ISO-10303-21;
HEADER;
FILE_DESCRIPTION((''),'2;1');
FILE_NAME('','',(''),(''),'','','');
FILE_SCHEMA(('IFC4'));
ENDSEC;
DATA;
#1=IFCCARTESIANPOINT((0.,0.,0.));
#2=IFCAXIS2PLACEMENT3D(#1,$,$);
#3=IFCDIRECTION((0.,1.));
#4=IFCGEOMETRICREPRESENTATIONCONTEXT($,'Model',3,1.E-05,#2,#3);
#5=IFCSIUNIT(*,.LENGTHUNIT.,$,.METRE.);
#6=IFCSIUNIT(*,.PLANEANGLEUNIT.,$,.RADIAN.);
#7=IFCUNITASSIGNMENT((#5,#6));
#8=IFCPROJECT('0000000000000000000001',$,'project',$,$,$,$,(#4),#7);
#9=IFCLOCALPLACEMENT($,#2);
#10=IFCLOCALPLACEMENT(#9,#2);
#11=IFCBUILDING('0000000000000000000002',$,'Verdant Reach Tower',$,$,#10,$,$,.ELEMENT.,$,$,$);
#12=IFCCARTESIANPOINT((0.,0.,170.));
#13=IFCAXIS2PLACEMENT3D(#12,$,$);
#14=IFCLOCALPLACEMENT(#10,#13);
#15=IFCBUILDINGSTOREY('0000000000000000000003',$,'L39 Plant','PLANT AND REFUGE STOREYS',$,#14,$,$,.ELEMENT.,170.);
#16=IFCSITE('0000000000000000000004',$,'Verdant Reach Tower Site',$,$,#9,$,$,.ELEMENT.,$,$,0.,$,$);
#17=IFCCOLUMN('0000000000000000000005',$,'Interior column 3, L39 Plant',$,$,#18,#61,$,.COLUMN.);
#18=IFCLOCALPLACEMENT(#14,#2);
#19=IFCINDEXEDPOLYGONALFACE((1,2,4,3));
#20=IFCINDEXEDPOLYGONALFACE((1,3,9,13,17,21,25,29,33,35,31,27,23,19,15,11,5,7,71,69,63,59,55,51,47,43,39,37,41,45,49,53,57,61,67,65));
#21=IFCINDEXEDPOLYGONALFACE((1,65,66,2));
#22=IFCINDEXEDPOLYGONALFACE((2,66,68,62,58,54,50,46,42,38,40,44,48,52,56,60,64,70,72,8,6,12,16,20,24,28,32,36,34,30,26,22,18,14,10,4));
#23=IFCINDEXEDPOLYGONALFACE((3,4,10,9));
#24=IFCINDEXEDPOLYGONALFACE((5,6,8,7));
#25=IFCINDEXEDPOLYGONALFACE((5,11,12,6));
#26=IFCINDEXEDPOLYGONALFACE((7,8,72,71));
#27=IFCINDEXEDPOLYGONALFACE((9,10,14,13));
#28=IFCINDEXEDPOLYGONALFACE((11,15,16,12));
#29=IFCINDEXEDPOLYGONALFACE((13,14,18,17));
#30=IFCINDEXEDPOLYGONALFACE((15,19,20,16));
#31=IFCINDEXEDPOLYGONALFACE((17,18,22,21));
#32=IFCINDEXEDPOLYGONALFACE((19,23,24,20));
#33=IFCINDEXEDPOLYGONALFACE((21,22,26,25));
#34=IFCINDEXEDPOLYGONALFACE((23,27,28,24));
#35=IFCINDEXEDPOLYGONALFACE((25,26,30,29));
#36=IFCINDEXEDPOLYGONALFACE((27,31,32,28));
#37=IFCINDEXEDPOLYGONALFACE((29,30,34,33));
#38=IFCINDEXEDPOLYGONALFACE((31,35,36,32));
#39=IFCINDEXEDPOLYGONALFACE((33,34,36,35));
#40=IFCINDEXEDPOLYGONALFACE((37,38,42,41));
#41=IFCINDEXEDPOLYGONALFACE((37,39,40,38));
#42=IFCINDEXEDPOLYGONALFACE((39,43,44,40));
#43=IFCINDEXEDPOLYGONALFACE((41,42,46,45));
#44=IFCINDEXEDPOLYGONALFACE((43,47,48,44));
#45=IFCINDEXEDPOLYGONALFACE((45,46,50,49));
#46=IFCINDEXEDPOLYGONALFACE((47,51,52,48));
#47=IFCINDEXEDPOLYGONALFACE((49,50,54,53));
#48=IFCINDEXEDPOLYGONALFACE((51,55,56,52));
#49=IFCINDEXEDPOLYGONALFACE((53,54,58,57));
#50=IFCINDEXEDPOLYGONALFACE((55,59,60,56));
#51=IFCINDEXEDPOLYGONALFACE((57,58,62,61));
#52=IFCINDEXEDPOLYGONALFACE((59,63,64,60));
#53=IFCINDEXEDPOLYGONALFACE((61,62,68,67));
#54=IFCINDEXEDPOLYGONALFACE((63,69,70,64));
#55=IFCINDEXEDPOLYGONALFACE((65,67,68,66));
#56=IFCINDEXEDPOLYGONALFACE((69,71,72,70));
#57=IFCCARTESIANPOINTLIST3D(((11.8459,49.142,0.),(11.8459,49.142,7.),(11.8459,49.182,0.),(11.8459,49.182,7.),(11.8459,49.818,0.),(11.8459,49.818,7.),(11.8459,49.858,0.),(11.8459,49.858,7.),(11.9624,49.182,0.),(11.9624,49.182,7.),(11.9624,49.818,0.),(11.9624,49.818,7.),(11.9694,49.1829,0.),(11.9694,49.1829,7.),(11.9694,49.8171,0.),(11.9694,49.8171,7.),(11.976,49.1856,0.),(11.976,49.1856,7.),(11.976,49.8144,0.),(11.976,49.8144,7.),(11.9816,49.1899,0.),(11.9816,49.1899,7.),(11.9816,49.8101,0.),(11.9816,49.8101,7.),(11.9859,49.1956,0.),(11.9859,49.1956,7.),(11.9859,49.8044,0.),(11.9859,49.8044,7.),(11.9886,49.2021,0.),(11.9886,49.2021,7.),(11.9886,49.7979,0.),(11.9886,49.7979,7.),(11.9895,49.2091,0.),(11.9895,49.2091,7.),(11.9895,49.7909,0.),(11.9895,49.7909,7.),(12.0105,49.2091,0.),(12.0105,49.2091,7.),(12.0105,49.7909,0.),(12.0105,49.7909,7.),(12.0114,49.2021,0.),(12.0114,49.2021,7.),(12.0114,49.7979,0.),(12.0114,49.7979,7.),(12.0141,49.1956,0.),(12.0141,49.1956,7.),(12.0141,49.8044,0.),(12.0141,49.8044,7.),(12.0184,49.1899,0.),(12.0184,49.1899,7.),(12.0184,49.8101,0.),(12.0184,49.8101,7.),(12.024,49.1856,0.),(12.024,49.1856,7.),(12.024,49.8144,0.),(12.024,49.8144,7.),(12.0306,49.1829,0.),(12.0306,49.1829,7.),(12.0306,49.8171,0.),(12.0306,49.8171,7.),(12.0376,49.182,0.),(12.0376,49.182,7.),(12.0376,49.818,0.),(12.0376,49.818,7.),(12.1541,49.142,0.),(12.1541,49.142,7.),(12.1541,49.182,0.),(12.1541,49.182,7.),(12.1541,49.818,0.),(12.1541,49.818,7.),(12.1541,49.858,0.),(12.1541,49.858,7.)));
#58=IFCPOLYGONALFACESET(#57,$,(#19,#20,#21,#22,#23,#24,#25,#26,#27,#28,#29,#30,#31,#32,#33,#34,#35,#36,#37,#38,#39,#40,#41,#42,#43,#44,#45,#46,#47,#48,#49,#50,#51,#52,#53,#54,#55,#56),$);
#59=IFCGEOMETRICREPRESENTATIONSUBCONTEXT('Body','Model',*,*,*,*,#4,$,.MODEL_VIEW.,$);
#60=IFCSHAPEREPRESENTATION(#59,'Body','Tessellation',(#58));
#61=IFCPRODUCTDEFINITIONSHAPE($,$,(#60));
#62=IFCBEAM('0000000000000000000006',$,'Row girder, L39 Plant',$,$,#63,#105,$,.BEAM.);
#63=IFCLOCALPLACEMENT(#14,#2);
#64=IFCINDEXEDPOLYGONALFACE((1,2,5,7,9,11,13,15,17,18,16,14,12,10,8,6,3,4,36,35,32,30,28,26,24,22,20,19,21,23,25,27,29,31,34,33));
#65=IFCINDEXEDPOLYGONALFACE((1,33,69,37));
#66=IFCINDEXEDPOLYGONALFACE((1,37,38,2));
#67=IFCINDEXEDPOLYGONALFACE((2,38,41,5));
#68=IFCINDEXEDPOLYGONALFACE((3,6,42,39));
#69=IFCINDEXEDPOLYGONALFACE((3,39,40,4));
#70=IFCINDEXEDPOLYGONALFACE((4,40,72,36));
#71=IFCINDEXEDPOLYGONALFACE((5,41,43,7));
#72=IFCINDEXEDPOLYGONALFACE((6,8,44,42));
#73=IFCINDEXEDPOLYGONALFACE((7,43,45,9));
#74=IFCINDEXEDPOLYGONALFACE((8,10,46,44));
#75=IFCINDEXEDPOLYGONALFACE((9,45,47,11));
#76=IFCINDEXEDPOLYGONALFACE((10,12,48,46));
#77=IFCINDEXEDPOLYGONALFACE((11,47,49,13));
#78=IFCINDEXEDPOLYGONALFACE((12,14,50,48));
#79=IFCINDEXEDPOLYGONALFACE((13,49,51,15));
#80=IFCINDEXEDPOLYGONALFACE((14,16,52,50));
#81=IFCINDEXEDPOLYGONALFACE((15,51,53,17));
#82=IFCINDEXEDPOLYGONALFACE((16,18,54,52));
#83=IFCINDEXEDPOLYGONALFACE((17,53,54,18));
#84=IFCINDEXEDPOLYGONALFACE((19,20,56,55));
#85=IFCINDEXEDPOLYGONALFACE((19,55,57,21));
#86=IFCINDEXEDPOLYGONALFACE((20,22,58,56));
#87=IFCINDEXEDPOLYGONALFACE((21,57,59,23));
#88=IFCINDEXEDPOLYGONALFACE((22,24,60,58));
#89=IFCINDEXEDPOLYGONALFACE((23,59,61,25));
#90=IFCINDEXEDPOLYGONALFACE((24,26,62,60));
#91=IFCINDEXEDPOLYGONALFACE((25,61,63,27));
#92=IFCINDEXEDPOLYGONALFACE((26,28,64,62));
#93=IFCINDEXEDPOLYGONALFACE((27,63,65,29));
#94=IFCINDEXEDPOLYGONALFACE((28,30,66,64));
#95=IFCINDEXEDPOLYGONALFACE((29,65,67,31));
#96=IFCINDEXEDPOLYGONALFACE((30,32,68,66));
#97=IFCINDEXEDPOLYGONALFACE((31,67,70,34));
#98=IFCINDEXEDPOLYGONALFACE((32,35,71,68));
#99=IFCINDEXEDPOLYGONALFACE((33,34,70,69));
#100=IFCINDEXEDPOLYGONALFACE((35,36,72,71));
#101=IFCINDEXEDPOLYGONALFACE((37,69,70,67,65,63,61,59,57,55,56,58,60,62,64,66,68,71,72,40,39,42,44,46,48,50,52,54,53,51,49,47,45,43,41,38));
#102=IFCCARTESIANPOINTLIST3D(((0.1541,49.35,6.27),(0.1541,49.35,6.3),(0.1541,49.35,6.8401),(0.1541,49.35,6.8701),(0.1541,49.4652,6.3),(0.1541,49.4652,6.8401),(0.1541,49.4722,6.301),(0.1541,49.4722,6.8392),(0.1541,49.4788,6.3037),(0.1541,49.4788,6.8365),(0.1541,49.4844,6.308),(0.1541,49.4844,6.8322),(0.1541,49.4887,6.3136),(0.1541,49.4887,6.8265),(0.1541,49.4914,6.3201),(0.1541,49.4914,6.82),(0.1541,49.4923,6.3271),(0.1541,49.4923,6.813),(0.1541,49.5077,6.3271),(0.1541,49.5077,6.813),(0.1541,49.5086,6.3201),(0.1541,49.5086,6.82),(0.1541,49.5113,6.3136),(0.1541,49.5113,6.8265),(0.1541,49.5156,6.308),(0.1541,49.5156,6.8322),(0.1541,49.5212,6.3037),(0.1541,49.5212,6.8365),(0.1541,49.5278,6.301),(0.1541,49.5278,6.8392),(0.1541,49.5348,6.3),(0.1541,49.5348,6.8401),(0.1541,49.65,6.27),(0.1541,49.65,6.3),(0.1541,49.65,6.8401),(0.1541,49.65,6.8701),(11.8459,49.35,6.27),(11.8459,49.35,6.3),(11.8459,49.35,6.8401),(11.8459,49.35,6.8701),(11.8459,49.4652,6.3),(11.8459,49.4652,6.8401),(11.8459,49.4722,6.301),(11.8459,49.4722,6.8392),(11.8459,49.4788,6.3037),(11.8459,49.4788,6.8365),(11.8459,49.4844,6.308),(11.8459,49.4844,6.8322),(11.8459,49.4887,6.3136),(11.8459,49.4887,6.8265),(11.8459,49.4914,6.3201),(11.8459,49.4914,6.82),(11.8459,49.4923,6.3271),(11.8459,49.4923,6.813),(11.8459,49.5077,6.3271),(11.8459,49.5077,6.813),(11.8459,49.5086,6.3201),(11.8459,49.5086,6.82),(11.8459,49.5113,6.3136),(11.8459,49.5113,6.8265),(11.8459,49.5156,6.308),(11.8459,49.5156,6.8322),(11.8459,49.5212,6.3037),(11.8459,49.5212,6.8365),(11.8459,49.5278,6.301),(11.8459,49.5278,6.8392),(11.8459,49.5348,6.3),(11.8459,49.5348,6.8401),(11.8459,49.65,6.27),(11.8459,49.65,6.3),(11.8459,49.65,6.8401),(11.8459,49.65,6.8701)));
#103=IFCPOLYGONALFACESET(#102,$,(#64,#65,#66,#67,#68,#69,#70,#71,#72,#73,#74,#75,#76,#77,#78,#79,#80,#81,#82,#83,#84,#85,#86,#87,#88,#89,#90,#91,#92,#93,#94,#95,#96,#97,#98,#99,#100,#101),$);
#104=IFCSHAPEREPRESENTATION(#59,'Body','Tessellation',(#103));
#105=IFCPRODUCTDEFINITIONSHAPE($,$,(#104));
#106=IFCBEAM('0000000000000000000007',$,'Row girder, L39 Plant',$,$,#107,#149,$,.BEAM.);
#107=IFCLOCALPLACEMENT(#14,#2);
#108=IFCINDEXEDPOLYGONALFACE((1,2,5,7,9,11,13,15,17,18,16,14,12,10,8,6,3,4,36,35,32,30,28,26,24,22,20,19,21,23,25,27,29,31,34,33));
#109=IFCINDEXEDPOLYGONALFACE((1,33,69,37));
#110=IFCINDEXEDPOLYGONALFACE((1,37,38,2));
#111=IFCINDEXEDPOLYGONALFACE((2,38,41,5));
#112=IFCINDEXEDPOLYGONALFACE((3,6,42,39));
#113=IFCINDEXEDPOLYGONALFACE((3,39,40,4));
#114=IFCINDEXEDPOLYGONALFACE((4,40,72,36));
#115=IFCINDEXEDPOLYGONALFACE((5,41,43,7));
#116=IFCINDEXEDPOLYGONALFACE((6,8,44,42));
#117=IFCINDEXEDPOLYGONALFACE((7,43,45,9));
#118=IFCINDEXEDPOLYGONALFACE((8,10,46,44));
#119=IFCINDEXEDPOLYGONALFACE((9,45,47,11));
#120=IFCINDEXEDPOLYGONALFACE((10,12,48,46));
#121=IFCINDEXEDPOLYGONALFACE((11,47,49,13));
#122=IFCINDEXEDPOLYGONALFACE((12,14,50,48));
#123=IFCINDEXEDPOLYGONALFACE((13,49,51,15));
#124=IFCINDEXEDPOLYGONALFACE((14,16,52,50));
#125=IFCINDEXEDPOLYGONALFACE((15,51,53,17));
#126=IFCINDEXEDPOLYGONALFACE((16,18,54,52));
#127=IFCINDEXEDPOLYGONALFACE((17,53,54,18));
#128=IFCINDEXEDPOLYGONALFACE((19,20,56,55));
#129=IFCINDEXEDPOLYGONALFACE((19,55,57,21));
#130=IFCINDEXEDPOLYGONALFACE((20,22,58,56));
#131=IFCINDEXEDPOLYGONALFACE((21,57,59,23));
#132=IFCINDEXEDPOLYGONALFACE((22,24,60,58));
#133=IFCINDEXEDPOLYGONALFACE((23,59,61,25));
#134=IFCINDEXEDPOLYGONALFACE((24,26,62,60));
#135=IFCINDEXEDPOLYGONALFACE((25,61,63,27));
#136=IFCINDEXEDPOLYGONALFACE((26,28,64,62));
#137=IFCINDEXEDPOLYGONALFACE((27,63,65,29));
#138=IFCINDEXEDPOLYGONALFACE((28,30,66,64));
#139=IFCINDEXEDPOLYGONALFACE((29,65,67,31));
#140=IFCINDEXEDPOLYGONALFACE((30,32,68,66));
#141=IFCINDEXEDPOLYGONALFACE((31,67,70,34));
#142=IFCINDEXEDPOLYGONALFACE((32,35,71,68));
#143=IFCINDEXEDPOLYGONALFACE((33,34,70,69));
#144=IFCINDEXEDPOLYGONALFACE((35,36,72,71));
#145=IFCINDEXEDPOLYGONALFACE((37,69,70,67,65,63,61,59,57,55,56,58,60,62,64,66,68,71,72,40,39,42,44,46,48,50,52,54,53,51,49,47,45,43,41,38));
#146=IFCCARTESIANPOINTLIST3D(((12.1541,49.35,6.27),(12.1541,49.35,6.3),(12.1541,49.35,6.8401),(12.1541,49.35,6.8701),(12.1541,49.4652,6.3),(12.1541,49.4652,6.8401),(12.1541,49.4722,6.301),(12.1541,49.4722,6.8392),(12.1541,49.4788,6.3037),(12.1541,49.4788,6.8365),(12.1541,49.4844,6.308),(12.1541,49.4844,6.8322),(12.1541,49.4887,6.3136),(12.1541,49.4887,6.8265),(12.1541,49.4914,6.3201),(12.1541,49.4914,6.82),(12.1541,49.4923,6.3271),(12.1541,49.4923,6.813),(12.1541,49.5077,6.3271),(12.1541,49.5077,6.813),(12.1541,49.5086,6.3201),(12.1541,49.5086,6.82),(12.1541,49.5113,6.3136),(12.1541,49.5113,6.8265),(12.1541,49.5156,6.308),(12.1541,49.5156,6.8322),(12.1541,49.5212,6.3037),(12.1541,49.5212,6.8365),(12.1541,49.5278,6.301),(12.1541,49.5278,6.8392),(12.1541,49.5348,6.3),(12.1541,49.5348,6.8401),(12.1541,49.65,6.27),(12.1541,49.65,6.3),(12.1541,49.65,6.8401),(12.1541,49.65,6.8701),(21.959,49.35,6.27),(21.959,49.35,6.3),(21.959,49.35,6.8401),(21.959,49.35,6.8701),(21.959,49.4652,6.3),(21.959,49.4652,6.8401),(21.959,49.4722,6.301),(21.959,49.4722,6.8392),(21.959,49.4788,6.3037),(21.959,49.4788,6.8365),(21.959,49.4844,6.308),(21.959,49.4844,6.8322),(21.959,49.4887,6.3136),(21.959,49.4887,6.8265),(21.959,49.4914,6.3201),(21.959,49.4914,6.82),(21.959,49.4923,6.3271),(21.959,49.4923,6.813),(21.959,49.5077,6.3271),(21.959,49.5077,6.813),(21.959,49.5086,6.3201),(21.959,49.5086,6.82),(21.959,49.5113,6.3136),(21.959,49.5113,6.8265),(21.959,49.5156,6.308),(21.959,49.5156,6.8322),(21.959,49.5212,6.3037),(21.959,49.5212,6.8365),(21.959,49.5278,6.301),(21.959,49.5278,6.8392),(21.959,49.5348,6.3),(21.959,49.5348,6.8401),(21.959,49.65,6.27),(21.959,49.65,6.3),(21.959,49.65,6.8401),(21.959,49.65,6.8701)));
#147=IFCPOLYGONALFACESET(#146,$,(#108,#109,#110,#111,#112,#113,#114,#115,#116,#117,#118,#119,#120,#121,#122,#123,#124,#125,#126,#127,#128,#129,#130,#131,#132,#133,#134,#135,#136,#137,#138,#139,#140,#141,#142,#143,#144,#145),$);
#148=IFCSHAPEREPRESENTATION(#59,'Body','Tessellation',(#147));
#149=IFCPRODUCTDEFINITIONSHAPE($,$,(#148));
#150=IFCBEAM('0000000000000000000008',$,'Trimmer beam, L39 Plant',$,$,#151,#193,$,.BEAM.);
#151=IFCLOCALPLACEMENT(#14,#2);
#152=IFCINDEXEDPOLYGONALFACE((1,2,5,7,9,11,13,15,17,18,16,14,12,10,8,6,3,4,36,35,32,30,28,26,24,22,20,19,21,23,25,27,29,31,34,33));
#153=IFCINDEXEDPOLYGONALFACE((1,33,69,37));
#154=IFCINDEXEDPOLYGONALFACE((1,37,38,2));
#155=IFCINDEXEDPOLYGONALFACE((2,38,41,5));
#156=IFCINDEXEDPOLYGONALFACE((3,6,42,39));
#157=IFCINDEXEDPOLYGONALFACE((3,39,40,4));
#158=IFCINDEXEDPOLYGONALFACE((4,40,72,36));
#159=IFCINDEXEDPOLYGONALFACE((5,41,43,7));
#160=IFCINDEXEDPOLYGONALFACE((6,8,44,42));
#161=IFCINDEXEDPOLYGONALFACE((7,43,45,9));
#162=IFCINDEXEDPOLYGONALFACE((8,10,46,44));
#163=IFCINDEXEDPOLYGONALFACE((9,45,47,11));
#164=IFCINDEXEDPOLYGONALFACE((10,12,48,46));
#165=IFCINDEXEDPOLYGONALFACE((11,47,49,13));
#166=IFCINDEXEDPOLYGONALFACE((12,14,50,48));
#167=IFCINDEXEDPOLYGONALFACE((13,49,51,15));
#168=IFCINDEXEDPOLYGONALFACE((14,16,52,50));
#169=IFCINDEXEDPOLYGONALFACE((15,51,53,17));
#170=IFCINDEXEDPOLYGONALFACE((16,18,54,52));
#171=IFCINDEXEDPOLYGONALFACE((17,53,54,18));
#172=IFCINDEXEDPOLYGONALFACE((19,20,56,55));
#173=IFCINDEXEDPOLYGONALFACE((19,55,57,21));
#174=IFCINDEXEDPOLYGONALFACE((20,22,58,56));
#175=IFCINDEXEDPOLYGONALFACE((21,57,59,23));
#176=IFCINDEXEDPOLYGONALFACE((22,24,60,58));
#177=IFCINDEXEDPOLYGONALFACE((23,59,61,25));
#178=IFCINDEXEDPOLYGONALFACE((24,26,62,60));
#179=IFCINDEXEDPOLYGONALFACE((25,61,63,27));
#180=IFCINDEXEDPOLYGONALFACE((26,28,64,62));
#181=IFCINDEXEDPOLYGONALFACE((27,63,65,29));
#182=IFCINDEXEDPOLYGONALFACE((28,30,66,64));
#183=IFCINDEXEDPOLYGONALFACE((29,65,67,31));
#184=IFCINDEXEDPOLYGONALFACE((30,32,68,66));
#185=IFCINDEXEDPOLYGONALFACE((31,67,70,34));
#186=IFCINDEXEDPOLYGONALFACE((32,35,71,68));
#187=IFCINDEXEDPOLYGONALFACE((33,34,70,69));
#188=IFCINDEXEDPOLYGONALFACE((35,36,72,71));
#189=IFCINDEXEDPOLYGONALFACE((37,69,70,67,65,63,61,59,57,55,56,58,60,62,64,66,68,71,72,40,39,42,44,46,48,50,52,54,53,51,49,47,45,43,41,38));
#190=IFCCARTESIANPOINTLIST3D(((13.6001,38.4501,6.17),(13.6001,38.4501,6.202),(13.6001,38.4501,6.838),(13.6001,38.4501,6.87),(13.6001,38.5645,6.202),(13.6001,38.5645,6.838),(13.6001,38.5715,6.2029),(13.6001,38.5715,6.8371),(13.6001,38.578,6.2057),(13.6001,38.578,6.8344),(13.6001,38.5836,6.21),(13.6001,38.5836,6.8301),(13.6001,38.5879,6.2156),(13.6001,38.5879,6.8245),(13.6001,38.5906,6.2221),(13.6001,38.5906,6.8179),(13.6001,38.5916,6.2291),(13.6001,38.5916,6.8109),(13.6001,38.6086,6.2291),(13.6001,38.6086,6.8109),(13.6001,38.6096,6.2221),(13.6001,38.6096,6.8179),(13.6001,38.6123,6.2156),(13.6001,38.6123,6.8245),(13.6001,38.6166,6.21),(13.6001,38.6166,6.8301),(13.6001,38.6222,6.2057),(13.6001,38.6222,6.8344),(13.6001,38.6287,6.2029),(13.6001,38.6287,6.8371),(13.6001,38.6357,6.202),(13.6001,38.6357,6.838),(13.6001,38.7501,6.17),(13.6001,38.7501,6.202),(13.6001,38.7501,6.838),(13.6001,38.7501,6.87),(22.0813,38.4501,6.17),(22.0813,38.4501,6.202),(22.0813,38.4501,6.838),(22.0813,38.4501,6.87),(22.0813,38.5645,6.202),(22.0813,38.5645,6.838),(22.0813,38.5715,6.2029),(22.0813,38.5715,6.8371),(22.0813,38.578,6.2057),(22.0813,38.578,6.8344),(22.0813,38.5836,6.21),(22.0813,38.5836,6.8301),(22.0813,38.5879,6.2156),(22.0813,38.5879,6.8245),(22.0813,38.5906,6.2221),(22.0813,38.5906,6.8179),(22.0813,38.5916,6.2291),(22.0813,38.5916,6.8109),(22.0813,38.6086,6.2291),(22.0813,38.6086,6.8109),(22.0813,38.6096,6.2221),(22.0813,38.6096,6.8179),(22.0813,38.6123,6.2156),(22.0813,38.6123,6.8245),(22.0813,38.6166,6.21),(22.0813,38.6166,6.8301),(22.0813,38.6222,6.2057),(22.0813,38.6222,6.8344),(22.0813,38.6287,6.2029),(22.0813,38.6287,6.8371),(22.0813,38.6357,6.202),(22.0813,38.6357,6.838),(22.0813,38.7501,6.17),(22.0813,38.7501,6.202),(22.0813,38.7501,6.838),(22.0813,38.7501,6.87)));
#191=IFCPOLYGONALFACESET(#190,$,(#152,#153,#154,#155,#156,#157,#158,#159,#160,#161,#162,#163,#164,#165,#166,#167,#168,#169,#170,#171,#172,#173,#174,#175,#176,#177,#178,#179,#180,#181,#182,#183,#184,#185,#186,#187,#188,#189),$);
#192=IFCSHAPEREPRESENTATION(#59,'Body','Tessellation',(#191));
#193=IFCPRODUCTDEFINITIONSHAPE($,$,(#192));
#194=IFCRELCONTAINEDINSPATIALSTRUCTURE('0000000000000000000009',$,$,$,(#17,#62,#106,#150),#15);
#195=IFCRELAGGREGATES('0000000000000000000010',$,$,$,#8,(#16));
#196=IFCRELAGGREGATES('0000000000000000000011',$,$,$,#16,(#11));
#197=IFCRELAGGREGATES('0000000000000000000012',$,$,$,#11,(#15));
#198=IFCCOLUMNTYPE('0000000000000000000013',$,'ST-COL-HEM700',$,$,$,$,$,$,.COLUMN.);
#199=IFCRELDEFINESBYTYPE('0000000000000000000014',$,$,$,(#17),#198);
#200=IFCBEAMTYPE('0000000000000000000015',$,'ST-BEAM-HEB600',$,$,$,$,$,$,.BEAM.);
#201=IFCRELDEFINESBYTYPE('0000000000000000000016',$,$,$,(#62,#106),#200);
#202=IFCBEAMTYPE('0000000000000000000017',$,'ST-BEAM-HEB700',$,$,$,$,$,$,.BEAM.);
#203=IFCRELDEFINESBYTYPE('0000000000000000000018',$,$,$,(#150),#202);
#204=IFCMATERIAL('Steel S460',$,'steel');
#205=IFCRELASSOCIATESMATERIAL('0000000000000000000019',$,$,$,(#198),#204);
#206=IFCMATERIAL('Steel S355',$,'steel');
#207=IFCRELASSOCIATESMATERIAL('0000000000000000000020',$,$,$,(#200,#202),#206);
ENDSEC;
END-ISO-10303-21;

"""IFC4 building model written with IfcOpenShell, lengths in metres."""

from ifc_helpers import new_model, si_unit, direction, frame, origin, origin_2d, place, context, subcontext, project, spatial, i_section, extrude, material, material_profile, profile_set, type_object, element, save


model = new_model("IFC4")

# Units and contexts
model_context = context("Model", 3, precision=1e-05, world=origin(), true_north=direction((0.0, 1.0)))
body_context = subcontext(model_context, "Body", "Model", "MODEL_VIEW")
ifc_project = project(units=[si_unit("LENGTHUNIT", "METRE"), si_unit("PLANEANGLEUNIT", "RADIAN")], contexts=[model_context])

# Site, building, storey
site_placement = place(None, origin())
site = spatial("IfcSite", under=ifc_project, at=site_placement, Name="Verdant Reach Tower Site", CompositionType="ELEMENT", RefElevation=0.0)
building_placement = place(site_placement, origin())
building = spatial("IfcBuilding", under=site, at=building_placement, Name="Verdant Reach Tower", CompositionType="ELEMENT")
storey_placement = place(building_placement, frame((0.0, 0.0, 170.0)))
storey = spatial("IfcBuildingStorey", under=building, at=storey_placement, Name="L39 Plant", Description="PLANT AND REFUGE STOREYS", CompositionType="ELEMENT", Elevation=170.0)

# Column
ifc_material_1 = material(Name="Steel S460", Category="steel")
ifc_material_profile_1 = material_profile(ifc_material_1, i_section(OverallWidth=0.3081, OverallDepth=0.7161, WebThickness=0.021, FlangeThickness=0.04, FilletRadius=0.0271, at=origin_2d()), Name="HEM 700")
ifc_profile_set_1 = profile_set([ifc_material_profile_1], Name="Steel S460")
column_type = type_object("IfcColumnType", Name="ST-COL-HEM700", PredefinedType="COLUMN", material=ifc_profile_set_1)
column_placement = place(storey_placement, frame((12.0, 49.5, 0.0), z_axis=(0.0, 0.0, 1.0), x_axis=(1.0, 0.0, 0.0)))
element("IfcColumn", 1, at=column_placement, inside=storey, type_object=column_type, Name="Interior column 3, L39 Plant", PredefinedType="COLUMN", context=body_context, shape_type="SweptSolid", body=[
    extrude(i_section(OverallWidth=0.3081, OverallDepth=0.7161, WebThickness=0.021, FlangeThickness=0.04, FilletRadius=0.0271, at=origin_2d()), origin(), (0.0, 0.0, 1.0), 7.0),
])

# Beams
ifc_material_2 = material(Name="Steel S355", Category="steel")
ifc_material_profile_2 = material_profile(ifc_material_2, i_section(OverallWidth=0.3, OverallDepth=0.6001, WebThickness=0.0154, FlangeThickness=0.03, FilletRadius=0.0271, at=origin_2d()), Name="HEB 600")
ifc_profile_set_2 = profile_set([ifc_material_profile_2], Name="Steel S355")
beam_type_1 = type_object("IfcBeamType", Name="ST-BEAM-HEB600", PredefinedType="BEAM", material=ifc_profile_set_2)
beam_1_placement = place(storey_placement, frame((0.1541, 49.5, 6.5701), z_axis=(1.0, 0.0, 0.0), x_axis=(0.0, 1.0, 0.0)))
element("IfcBeam", 2, at=beam_1_placement, inside=storey, type_object=beam_type_1, Name="Row girder, L39 Plant", PredefinedType="BEAM", context=body_context, shape_type="SweptSolid", body=[
    extrude(i_section(OverallWidth=0.3, OverallDepth=0.6001, WebThickness=0.0154, FlangeThickness=0.03, FilletRadius=0.0271, at=origin_2d()), origin(), (0.0, 0.0, 1.0), 11.6919),
])
beam_2_placement = place(storey_placement, frame((12.1541, 49.5, 6.5701), z_axis=(1.0, 0.0, 0.0), x_axis=(0.0, 1.0, 0.0)))
element("IfcBeam", 3, at=beam_2_placement, inside=storey, type_object=beam_type_1, Name="Row girder, L39 Plant", PredefinedType="BEAM", context=body_context, shape_type="SweptSolid", body=[
    extrude(i_section(OverallWidth=0.3, OverallDepth=0.6001, WebThickness=0.0154, FlangeThickness=0.03, FilletRadius=0.0271, at=origin_2d()), origin(), (0.0, 0.0, 1.0), 9.8049),
])
ifc_material_profile_3 = material_profile(ifc_material_2, i_section(OverallWidth=0.3, OverallDepth=0.7, WebThickness=0.0171, FlangeThickness=0.032, FilletRadius=0.0271, at=origin_2d()), Name="HEB 700")
ifc_profile_set_3 = profile_set([ifc_material_profile_3], Name="Steel S355")
beam_type_2 = type_object("IfcBeamType", Name="ST-BEAM-HEB700", PredefinedType="BEAM", material=ifc_profile_set_3)
beam_3_placement = place(storey_placement, frame((13.6001, 38.6001, 6.52), z_axis=(1.0, 0.0, 0.0), x_axis=(0.0, 1.0, 0.0)))
element("IfcBeam", 4, at=beam_3_placement, inside=storey, type_object=beam_type_2, Name="Trimmer beam, L39 Plant", PredefinedType="BEAM", context=body_context, shape_type="SweptSolid", body=[
    extrude(i_section(OverallWidth=0.3, OverallDepth=0.7, WebThickness=0.0171, FlangeThickness=0.032, FilletRadius=0.0271, at=origin_2d()), origin(), (0.0, 0.0, 1.0), 8.4812),
])

save(model, "model.ifc")
